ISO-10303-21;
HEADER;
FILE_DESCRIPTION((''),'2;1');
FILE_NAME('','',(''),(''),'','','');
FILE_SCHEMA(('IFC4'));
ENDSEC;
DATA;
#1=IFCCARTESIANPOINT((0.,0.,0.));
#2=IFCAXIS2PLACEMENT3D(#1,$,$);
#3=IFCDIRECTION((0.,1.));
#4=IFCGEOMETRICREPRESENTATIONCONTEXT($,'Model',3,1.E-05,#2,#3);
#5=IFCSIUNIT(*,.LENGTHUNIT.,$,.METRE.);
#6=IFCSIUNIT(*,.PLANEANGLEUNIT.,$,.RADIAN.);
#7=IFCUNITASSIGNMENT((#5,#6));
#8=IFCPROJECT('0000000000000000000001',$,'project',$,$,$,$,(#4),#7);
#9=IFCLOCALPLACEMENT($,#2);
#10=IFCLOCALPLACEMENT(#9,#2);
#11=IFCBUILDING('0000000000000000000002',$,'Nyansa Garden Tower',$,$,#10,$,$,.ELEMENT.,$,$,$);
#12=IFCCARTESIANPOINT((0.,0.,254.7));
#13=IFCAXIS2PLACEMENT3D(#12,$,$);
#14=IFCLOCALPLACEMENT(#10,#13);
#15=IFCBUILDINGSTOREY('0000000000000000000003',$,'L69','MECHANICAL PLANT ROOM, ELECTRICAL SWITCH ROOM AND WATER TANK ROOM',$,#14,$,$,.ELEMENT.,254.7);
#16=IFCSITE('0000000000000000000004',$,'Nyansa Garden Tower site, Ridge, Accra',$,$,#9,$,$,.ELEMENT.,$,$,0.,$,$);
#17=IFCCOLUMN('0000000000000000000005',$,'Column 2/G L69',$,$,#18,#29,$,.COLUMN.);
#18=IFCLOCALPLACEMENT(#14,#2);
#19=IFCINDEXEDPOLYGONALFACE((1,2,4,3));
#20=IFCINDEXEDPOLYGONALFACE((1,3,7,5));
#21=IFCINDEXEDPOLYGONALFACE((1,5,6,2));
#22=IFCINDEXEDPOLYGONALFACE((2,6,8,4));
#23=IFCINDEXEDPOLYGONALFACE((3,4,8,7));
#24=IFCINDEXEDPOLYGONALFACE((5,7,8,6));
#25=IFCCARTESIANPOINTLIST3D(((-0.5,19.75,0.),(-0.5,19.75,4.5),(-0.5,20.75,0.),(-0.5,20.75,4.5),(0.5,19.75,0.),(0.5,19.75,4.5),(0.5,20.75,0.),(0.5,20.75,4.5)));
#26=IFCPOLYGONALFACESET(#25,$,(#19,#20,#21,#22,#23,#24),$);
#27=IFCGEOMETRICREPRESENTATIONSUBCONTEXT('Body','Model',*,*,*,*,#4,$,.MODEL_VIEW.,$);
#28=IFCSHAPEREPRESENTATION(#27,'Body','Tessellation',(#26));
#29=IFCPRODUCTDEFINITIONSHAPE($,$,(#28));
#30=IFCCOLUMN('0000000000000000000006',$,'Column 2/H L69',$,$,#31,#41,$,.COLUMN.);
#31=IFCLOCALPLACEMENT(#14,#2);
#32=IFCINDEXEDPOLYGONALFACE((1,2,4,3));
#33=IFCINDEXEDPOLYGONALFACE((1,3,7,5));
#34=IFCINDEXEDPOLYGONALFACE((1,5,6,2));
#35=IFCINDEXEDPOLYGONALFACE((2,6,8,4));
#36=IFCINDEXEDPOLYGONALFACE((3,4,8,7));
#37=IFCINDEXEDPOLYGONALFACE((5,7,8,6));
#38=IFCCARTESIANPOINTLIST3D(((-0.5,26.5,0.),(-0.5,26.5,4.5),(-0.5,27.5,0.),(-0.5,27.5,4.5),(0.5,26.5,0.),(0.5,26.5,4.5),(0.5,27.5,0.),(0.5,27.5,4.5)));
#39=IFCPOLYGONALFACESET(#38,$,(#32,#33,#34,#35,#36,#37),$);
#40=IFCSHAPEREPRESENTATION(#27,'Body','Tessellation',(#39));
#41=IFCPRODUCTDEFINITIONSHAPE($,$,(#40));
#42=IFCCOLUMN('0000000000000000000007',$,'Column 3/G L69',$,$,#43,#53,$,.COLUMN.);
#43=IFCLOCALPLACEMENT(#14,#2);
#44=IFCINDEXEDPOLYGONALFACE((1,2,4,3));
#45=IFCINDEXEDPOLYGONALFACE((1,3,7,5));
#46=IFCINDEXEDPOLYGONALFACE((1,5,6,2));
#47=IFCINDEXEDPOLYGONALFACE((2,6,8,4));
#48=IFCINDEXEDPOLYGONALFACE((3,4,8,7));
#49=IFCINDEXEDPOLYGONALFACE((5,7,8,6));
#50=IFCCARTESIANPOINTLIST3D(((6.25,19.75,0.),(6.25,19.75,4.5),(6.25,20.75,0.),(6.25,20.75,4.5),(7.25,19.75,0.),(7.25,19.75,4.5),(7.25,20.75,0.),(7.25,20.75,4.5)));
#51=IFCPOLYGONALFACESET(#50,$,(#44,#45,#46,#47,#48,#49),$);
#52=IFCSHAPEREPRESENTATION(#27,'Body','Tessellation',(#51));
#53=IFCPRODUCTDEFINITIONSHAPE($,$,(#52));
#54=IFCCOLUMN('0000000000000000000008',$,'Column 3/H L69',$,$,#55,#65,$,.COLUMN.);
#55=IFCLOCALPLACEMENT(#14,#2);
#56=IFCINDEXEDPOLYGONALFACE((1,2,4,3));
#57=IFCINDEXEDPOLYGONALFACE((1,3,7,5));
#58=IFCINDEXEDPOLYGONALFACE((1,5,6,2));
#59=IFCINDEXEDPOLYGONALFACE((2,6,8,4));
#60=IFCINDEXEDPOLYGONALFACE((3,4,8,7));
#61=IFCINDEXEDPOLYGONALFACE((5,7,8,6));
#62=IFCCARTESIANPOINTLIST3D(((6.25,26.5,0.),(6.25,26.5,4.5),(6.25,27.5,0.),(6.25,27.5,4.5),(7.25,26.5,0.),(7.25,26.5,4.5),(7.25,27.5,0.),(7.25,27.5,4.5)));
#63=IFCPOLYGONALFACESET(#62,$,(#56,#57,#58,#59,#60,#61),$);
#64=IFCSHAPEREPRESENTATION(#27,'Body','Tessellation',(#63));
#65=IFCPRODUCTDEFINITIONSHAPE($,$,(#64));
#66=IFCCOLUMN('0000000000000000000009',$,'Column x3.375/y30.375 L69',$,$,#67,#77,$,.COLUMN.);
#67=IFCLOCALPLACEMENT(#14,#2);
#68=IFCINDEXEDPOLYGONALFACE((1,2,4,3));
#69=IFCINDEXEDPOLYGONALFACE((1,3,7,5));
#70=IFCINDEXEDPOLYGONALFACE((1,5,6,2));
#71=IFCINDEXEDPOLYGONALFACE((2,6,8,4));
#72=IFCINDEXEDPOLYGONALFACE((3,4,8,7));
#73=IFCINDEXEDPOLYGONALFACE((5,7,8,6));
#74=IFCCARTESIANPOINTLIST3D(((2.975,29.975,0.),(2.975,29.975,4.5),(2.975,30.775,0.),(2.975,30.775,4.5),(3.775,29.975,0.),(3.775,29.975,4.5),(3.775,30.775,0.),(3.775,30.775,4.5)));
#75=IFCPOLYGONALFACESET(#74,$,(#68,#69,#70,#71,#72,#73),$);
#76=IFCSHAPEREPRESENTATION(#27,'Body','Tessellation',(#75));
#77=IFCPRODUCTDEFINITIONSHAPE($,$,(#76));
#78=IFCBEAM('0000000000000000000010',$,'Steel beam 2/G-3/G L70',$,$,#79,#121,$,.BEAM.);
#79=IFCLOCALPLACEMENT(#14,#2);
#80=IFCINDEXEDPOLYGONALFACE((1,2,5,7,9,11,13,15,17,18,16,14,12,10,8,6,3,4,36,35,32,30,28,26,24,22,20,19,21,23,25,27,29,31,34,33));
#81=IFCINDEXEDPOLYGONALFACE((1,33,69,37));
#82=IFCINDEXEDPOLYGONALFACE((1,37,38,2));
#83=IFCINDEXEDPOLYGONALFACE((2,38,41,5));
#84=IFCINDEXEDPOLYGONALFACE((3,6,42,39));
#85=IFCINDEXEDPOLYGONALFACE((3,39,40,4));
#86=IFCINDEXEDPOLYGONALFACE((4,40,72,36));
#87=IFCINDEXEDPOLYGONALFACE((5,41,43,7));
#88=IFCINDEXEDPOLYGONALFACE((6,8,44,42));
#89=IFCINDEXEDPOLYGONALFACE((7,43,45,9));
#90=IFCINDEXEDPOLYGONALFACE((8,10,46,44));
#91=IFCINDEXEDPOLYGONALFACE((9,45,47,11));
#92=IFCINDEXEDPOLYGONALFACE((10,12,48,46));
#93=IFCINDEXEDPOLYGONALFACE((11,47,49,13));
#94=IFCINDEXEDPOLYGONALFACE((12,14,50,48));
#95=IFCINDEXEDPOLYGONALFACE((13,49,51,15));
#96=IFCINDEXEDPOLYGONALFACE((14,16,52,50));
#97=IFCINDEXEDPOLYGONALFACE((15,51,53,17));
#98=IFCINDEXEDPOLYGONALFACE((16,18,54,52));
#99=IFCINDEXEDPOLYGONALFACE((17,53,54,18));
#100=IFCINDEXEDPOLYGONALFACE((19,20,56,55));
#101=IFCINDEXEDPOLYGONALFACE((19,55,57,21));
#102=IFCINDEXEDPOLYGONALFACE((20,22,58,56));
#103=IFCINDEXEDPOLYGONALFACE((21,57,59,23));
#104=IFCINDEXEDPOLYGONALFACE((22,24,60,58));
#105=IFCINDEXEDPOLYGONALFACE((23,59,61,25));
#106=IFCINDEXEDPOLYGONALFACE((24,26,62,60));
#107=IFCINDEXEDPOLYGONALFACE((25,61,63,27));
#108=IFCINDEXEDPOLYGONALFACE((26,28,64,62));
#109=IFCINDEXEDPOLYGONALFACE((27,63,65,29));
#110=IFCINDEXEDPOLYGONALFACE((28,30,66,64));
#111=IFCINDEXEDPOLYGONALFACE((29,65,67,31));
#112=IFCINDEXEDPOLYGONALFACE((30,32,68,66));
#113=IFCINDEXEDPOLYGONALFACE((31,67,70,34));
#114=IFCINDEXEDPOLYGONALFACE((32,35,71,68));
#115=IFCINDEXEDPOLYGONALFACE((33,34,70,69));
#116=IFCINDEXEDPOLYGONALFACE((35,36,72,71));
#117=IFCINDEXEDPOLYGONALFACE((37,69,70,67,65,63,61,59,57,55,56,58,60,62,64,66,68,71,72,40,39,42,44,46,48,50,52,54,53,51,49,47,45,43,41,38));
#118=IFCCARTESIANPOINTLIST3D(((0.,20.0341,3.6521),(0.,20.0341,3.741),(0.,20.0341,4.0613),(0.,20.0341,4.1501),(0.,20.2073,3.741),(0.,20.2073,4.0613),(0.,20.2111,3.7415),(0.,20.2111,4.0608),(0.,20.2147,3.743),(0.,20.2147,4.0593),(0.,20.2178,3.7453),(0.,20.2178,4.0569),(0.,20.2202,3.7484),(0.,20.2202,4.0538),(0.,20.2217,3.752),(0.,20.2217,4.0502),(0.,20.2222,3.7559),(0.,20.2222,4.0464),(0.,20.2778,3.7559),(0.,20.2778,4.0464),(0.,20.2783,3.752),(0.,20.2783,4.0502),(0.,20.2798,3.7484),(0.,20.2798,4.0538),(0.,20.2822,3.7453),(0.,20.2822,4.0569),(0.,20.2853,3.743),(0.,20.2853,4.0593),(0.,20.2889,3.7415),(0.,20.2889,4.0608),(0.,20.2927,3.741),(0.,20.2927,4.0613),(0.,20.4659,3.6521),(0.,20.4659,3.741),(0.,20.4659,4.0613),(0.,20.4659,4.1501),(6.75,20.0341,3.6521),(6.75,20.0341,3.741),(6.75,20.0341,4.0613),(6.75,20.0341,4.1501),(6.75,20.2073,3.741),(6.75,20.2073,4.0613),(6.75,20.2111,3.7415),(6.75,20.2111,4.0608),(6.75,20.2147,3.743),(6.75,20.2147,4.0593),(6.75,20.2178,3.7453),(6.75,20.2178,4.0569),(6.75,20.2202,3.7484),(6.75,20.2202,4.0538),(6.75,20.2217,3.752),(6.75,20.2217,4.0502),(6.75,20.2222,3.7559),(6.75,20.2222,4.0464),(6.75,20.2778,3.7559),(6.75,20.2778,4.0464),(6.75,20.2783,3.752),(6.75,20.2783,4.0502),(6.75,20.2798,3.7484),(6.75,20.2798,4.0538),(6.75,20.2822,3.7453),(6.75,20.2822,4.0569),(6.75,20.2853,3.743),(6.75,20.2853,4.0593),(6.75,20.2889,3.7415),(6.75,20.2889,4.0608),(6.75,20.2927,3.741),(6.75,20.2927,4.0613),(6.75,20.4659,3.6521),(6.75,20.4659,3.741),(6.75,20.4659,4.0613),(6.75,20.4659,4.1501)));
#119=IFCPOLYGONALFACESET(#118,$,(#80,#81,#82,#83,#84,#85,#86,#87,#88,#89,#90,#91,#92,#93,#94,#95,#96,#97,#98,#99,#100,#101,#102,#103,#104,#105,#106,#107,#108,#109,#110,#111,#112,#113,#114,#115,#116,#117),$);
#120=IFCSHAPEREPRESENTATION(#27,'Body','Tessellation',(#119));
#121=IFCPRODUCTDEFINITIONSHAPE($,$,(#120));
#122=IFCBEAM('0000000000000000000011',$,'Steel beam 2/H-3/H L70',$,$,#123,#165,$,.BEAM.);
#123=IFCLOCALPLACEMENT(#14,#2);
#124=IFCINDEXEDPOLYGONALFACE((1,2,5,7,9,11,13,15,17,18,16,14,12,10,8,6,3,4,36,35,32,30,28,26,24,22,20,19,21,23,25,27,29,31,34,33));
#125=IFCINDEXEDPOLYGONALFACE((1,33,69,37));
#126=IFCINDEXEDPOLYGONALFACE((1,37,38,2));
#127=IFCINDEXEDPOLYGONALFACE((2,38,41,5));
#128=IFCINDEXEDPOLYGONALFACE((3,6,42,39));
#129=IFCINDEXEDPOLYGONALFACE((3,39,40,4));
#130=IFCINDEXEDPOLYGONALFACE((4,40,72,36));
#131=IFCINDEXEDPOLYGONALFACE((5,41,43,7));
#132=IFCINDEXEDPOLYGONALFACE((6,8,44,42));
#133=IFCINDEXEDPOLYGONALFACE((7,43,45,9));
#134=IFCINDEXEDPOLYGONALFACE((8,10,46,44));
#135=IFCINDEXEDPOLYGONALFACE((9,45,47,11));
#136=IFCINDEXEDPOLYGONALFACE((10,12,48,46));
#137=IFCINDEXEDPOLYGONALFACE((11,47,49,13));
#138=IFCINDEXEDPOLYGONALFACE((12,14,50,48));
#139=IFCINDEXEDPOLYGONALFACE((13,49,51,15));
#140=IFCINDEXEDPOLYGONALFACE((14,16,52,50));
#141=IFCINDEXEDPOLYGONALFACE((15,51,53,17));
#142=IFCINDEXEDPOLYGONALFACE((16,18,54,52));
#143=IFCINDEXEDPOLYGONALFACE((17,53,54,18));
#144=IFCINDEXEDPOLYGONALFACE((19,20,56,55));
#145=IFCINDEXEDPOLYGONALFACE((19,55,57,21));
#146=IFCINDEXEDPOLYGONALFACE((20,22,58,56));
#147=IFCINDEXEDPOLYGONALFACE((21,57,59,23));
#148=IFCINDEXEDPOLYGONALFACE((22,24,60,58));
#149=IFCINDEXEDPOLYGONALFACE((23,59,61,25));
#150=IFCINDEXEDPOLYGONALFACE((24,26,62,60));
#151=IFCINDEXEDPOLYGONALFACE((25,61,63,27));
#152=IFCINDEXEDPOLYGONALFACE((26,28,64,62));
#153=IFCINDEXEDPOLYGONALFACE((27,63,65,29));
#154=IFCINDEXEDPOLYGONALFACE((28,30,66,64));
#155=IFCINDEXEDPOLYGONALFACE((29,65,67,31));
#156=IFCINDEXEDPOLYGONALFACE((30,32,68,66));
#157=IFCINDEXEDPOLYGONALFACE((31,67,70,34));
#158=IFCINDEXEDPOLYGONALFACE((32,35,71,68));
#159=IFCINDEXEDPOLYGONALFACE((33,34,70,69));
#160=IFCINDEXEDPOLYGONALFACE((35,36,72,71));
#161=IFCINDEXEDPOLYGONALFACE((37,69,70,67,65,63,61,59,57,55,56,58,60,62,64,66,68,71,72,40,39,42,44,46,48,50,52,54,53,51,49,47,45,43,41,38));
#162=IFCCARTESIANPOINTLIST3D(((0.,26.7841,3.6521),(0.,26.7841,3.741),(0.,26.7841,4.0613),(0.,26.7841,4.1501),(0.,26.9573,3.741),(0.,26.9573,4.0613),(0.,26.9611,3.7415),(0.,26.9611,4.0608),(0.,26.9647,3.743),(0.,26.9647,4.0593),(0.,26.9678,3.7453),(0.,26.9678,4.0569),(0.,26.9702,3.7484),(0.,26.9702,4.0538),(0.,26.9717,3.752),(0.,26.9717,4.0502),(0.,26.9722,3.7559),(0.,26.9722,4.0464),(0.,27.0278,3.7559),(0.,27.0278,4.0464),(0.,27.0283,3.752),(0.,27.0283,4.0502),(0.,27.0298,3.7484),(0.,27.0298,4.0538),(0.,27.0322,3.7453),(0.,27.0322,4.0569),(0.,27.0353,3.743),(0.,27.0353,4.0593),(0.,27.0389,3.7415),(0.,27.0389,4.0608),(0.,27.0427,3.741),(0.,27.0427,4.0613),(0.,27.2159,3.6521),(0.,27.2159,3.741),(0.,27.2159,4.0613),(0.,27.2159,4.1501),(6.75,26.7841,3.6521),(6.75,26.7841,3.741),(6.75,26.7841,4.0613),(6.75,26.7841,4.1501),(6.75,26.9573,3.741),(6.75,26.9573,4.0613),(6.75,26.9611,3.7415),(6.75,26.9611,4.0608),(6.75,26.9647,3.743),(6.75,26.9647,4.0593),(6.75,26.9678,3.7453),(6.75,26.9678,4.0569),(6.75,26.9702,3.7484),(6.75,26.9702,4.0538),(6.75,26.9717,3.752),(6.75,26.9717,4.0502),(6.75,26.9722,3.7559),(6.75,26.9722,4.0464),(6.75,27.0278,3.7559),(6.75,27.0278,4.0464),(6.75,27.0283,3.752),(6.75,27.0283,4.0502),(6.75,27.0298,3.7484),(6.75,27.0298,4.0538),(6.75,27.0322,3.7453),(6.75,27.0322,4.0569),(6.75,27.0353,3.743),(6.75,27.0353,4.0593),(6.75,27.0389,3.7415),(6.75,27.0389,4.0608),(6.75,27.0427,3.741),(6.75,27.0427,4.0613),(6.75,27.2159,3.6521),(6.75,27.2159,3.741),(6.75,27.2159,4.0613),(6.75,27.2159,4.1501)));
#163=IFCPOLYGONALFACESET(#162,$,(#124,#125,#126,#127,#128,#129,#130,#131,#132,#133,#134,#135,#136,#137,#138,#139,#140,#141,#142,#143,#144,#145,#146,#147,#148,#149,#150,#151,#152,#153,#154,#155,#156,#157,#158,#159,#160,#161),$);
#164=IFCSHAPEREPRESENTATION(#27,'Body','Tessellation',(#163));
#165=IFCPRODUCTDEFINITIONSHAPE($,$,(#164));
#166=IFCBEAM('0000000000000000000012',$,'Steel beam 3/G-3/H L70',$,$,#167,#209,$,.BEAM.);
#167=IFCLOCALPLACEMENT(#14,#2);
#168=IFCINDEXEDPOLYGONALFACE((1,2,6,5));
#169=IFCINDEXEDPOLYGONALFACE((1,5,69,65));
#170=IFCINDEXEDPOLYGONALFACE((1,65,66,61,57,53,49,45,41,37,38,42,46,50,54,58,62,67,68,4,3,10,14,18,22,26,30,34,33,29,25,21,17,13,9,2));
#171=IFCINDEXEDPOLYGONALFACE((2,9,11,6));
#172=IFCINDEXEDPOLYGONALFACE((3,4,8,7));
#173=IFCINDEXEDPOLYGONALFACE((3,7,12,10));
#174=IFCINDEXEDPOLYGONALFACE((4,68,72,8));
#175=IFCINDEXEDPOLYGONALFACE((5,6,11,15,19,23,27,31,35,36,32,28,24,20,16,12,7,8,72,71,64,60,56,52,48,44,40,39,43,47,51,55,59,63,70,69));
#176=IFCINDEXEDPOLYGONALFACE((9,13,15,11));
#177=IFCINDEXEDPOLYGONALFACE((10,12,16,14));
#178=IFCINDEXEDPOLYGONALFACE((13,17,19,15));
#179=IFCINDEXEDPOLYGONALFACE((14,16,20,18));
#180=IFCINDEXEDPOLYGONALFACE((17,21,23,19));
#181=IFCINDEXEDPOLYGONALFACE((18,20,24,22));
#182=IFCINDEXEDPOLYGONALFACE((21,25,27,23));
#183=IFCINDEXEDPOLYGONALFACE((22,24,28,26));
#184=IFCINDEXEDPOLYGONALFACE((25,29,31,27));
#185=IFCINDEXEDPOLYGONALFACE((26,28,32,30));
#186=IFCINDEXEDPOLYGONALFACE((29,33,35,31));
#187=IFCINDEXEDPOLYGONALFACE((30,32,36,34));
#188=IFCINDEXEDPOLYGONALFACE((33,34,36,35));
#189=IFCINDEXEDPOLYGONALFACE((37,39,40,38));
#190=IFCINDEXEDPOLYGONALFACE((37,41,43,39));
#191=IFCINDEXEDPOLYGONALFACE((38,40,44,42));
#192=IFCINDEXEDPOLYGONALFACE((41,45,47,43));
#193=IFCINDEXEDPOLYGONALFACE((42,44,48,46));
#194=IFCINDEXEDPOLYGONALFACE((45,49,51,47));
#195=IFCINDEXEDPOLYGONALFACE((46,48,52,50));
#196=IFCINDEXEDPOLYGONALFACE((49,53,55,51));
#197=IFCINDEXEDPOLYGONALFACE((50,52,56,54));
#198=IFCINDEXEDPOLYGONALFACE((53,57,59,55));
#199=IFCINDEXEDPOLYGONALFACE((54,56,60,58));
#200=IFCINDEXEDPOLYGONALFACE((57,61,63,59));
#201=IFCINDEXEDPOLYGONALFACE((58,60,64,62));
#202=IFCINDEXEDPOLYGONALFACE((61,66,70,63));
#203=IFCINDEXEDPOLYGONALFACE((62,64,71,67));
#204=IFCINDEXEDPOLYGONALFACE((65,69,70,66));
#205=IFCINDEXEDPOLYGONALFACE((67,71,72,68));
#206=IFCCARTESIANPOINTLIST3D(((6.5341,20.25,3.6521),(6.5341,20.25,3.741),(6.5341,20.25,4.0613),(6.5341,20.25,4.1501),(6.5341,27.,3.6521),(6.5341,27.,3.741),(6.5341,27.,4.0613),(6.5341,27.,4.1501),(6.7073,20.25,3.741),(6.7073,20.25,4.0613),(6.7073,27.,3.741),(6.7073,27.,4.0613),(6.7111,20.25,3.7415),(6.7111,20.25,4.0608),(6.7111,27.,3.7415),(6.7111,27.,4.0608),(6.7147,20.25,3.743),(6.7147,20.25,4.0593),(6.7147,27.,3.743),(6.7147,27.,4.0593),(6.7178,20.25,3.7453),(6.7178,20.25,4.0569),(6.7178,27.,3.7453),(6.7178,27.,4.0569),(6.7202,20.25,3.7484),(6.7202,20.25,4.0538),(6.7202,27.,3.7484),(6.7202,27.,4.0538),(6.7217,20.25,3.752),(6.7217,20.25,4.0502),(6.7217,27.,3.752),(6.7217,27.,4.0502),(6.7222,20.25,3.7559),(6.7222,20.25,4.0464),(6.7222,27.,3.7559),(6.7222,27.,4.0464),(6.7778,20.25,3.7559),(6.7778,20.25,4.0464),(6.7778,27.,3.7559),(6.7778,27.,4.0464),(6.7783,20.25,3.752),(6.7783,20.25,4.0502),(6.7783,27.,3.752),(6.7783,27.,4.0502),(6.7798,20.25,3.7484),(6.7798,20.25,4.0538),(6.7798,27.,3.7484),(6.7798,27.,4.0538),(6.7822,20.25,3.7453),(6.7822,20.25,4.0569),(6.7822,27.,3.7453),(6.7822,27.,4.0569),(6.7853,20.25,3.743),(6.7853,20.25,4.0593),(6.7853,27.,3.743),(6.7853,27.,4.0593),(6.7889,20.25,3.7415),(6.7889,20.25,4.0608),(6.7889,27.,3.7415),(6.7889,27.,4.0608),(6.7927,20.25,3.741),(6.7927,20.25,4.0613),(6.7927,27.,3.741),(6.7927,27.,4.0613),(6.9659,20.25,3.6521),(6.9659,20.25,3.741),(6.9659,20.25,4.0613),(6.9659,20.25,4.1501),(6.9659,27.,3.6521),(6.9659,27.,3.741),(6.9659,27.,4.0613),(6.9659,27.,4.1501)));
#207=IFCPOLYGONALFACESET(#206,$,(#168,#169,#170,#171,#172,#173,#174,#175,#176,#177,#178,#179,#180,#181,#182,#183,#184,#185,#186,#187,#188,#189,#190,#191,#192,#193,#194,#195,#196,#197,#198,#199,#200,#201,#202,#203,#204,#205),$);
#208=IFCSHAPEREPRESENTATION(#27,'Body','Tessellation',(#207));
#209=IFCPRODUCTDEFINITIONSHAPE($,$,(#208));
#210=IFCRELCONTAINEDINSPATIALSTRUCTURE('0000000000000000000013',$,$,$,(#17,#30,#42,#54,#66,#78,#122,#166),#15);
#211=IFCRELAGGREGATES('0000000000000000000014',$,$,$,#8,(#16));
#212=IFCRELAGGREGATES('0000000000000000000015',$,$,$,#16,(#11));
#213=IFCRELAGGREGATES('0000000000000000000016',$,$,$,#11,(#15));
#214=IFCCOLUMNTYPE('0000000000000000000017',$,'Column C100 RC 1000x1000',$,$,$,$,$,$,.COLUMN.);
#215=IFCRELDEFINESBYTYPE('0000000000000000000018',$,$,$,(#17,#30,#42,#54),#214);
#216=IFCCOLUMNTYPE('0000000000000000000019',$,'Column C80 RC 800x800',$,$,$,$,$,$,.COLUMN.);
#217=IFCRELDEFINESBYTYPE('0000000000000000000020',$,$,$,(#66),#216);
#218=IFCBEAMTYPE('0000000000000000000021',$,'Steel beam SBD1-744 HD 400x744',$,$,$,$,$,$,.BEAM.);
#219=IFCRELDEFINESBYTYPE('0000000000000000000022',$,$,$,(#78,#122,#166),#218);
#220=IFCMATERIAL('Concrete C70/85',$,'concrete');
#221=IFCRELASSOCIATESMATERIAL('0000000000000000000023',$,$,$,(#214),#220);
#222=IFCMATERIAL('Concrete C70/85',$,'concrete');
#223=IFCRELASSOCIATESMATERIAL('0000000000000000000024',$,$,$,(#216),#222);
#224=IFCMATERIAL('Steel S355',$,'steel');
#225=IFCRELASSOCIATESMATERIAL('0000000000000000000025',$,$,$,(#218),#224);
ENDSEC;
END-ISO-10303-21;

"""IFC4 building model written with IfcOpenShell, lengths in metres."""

from ifc_helpers import new_model, si_unit, direction, frame, origin, origin_2d, place, context, subcontext, project, spatial, rectangle, i_section, extrude, material, material_profile, profile_set, type_object, element, save


model = new_model("IFC4")

# Units and contexts
model_context = context("Model", 3, precision=1e-05, world=origin(), true_north=direction((0.0, 1.0)))
body_context = subcontext(model_context, "Body", "Model", "MODEL_VIEW")
ifc_project = project(units=[si_unit("LENGTHUNIT", "METRE"), si_unit("PLANEANGLEUNIT", "RADIAN")], contexts=[model_context])

# Site, building, storey
site_placement = place(None, origin())
site = spatial("IfcSite", under=ifc_project, at=site_placement, Name="Nyansa Garden Tower site, Ridge, Accra", CompositionType="ELEMENT", RefElevation=0.0)
building_placement = place(site_placement, origin())
building = spatial("IfcBuilding", under=site, at=building_placement, Name="Nyansa Garden Tower", CompositionType="ELEMENT")
storey_placement = place(building_placement, frame((0.0, 0.0, 254.7)))
storey = spatial("IfcBuildingStorey", under=building, at=storey_placement, Name="L69", Description="MECHANICAL PLANT ROOM, ELECTRICAL SWITCH ROOM AND WATER TANK ROOM", CompositionType="ELEMENT", Elevation=254.7)

# Columns
ifc_material_1 = material(Name="Concrete C70/85", Category="concrete")
ifc_material_profile_1 = material_profile(ifc_material_1, rectangle(XDim=1.0, YDim=1.0, at=origin_2d()), Name="RC 1000x1000")
ifc_profile_set_1 = profile_set([ifc_material_profile_1], Name="Concrete C70/85")
column_type_1 = type_object("IfcColumnType", Name="Column C100 RC 1000x1000", PredefinedType="COLUMN", material=ifc_profile_set_1)
for number, where, z_axis, x_axis, name in (
    (1, (0.0, 20.25, 0.0), (0.0, 0.0, 1.0), (1.0, 0.0, 0.0), "Column 2/G L69"),
    (2, (0.0, 27.0, 0.0), (0.0, 0.0, 1.0), (1.0, 0.0, 0.0), "Column 2/H L69"),
    (3, (6.75, 20.25, 0.0), (0.0, 0.0, 1.0), (1.0, 0.0, 0.0), "Column 3/G L69"),
    (4, (6.75, 27.0, 0.0), (0.0, 0.0, 1.0), (1.0, 0.0, 0.0), "Column 3/H L69"),
):
    element("IfcColumn", number, at=place(storey_placement, frame(where, z_axis=z_axis, x_axis=x_axis)), inside=storey, type_object=column_type_1, Name=name, PredefinedType="COLUMN", context=body_context, shape_type="SweptSolid", body=[
        extrude(rectangle(XDim=1.0, YDim=1.0, at=origin_2d()), origin(), (0.0, 0.0, 1.0), 4.5),
    ])
ifc_material_2 = material(Name="Concrete C70/85", Category="concrete")
ifc_material_profile_2 = material_profile(ifc_material_2, rectangle(XDim=0.8, YDim=0.8, at=origin_2d()), Name="RC 800x800")
ifc_profile_set_2 = profile_set([ifc_material_profile_2], Name="Concrete C70/85")
column_type_2 = type_object("IfcColumnType", Name="Column C80 RC 800x800", PredefinedType="COLUMN", material=ifc_profile_set_2)
column_placement = place(storey_placement, frame((3.375, 30.375, 0.0), z_axis=(0.0, 0.0, 1.0), x_axis=(1.0, 0.0, 0.0)))
element("IfcColumn", 5, at=column_placement, inside=storey, type_object=column_type_2, Name="Column x3.375/y30.375 L69", PredefinedType="COLUMN", context=body_context, shape_type="SweptSolid", body=[
    extrude(rectangle(XDim=0.8, YDim=0.8, at=origin_2d()), origin(), (0.0, 0.0, 1.0), 4.5),
])

# Beams
ifc_material_3 = material(Name="Steel S355", Category="steel")
ifc_material_profile_3 = material_profile(ifc_material_3, i_section(OverallWidth=0.4319, OverallDepth=0.498, WebThickness=0.0557, FlangeThickness=0.0889, FilletRadius=0.0149, at=origin_2d()), Name="HD 400x744")
ifc_profile_set_3 = profile_set([ifc_material_profile_3], Name="Steel S355")
beam_type_1 = type_object("IfcBeamType", Name="Steel beam SBD1-744 HD 400x744", PredefinedType="BEAM", material=ifc_profile_set_3)
for number, where, z_axis, x_axis, name in (
    (6, (0.0, 20.25, 3.9011), (1.0, 0.0, 0.0), (0.0, 1.0, 0.0), "Steel beam 2/G-3/G L70"),
    (7, (0.0, 27.0, 3.9011), (1.0, 0.0, 0.0), (0.0, 1.0, 0.0), "Steel beam 2/H-3/H L70"),
    (8, (6.75, 20.25, 3.9011), (0.0, 1.0, 0.0), (-1.0, 0.0, 0.0), "Steel beam 3/G-3/H L70"),
):
    element("IfcBeam", number, at=place(storey_placement, frame(where, z_axis=z_axis, x_axis=x_axis)), inside=storey, type_object=beam_type_1, Name=name, PredefinedType="BEAM", context=body_context, shape_type="SweptSolid", body=[
        extrude(i_section(OverallWidth=0.4319, OverallDepth=0.498, WebThickness=0.0557, FlangeThickness=0.0889, FilletRadius=0.0149, at=origin_2d()), origin(), (0.0, 0.0, 1.0), 6.75),
    ])

save(model, "model.ifc")
